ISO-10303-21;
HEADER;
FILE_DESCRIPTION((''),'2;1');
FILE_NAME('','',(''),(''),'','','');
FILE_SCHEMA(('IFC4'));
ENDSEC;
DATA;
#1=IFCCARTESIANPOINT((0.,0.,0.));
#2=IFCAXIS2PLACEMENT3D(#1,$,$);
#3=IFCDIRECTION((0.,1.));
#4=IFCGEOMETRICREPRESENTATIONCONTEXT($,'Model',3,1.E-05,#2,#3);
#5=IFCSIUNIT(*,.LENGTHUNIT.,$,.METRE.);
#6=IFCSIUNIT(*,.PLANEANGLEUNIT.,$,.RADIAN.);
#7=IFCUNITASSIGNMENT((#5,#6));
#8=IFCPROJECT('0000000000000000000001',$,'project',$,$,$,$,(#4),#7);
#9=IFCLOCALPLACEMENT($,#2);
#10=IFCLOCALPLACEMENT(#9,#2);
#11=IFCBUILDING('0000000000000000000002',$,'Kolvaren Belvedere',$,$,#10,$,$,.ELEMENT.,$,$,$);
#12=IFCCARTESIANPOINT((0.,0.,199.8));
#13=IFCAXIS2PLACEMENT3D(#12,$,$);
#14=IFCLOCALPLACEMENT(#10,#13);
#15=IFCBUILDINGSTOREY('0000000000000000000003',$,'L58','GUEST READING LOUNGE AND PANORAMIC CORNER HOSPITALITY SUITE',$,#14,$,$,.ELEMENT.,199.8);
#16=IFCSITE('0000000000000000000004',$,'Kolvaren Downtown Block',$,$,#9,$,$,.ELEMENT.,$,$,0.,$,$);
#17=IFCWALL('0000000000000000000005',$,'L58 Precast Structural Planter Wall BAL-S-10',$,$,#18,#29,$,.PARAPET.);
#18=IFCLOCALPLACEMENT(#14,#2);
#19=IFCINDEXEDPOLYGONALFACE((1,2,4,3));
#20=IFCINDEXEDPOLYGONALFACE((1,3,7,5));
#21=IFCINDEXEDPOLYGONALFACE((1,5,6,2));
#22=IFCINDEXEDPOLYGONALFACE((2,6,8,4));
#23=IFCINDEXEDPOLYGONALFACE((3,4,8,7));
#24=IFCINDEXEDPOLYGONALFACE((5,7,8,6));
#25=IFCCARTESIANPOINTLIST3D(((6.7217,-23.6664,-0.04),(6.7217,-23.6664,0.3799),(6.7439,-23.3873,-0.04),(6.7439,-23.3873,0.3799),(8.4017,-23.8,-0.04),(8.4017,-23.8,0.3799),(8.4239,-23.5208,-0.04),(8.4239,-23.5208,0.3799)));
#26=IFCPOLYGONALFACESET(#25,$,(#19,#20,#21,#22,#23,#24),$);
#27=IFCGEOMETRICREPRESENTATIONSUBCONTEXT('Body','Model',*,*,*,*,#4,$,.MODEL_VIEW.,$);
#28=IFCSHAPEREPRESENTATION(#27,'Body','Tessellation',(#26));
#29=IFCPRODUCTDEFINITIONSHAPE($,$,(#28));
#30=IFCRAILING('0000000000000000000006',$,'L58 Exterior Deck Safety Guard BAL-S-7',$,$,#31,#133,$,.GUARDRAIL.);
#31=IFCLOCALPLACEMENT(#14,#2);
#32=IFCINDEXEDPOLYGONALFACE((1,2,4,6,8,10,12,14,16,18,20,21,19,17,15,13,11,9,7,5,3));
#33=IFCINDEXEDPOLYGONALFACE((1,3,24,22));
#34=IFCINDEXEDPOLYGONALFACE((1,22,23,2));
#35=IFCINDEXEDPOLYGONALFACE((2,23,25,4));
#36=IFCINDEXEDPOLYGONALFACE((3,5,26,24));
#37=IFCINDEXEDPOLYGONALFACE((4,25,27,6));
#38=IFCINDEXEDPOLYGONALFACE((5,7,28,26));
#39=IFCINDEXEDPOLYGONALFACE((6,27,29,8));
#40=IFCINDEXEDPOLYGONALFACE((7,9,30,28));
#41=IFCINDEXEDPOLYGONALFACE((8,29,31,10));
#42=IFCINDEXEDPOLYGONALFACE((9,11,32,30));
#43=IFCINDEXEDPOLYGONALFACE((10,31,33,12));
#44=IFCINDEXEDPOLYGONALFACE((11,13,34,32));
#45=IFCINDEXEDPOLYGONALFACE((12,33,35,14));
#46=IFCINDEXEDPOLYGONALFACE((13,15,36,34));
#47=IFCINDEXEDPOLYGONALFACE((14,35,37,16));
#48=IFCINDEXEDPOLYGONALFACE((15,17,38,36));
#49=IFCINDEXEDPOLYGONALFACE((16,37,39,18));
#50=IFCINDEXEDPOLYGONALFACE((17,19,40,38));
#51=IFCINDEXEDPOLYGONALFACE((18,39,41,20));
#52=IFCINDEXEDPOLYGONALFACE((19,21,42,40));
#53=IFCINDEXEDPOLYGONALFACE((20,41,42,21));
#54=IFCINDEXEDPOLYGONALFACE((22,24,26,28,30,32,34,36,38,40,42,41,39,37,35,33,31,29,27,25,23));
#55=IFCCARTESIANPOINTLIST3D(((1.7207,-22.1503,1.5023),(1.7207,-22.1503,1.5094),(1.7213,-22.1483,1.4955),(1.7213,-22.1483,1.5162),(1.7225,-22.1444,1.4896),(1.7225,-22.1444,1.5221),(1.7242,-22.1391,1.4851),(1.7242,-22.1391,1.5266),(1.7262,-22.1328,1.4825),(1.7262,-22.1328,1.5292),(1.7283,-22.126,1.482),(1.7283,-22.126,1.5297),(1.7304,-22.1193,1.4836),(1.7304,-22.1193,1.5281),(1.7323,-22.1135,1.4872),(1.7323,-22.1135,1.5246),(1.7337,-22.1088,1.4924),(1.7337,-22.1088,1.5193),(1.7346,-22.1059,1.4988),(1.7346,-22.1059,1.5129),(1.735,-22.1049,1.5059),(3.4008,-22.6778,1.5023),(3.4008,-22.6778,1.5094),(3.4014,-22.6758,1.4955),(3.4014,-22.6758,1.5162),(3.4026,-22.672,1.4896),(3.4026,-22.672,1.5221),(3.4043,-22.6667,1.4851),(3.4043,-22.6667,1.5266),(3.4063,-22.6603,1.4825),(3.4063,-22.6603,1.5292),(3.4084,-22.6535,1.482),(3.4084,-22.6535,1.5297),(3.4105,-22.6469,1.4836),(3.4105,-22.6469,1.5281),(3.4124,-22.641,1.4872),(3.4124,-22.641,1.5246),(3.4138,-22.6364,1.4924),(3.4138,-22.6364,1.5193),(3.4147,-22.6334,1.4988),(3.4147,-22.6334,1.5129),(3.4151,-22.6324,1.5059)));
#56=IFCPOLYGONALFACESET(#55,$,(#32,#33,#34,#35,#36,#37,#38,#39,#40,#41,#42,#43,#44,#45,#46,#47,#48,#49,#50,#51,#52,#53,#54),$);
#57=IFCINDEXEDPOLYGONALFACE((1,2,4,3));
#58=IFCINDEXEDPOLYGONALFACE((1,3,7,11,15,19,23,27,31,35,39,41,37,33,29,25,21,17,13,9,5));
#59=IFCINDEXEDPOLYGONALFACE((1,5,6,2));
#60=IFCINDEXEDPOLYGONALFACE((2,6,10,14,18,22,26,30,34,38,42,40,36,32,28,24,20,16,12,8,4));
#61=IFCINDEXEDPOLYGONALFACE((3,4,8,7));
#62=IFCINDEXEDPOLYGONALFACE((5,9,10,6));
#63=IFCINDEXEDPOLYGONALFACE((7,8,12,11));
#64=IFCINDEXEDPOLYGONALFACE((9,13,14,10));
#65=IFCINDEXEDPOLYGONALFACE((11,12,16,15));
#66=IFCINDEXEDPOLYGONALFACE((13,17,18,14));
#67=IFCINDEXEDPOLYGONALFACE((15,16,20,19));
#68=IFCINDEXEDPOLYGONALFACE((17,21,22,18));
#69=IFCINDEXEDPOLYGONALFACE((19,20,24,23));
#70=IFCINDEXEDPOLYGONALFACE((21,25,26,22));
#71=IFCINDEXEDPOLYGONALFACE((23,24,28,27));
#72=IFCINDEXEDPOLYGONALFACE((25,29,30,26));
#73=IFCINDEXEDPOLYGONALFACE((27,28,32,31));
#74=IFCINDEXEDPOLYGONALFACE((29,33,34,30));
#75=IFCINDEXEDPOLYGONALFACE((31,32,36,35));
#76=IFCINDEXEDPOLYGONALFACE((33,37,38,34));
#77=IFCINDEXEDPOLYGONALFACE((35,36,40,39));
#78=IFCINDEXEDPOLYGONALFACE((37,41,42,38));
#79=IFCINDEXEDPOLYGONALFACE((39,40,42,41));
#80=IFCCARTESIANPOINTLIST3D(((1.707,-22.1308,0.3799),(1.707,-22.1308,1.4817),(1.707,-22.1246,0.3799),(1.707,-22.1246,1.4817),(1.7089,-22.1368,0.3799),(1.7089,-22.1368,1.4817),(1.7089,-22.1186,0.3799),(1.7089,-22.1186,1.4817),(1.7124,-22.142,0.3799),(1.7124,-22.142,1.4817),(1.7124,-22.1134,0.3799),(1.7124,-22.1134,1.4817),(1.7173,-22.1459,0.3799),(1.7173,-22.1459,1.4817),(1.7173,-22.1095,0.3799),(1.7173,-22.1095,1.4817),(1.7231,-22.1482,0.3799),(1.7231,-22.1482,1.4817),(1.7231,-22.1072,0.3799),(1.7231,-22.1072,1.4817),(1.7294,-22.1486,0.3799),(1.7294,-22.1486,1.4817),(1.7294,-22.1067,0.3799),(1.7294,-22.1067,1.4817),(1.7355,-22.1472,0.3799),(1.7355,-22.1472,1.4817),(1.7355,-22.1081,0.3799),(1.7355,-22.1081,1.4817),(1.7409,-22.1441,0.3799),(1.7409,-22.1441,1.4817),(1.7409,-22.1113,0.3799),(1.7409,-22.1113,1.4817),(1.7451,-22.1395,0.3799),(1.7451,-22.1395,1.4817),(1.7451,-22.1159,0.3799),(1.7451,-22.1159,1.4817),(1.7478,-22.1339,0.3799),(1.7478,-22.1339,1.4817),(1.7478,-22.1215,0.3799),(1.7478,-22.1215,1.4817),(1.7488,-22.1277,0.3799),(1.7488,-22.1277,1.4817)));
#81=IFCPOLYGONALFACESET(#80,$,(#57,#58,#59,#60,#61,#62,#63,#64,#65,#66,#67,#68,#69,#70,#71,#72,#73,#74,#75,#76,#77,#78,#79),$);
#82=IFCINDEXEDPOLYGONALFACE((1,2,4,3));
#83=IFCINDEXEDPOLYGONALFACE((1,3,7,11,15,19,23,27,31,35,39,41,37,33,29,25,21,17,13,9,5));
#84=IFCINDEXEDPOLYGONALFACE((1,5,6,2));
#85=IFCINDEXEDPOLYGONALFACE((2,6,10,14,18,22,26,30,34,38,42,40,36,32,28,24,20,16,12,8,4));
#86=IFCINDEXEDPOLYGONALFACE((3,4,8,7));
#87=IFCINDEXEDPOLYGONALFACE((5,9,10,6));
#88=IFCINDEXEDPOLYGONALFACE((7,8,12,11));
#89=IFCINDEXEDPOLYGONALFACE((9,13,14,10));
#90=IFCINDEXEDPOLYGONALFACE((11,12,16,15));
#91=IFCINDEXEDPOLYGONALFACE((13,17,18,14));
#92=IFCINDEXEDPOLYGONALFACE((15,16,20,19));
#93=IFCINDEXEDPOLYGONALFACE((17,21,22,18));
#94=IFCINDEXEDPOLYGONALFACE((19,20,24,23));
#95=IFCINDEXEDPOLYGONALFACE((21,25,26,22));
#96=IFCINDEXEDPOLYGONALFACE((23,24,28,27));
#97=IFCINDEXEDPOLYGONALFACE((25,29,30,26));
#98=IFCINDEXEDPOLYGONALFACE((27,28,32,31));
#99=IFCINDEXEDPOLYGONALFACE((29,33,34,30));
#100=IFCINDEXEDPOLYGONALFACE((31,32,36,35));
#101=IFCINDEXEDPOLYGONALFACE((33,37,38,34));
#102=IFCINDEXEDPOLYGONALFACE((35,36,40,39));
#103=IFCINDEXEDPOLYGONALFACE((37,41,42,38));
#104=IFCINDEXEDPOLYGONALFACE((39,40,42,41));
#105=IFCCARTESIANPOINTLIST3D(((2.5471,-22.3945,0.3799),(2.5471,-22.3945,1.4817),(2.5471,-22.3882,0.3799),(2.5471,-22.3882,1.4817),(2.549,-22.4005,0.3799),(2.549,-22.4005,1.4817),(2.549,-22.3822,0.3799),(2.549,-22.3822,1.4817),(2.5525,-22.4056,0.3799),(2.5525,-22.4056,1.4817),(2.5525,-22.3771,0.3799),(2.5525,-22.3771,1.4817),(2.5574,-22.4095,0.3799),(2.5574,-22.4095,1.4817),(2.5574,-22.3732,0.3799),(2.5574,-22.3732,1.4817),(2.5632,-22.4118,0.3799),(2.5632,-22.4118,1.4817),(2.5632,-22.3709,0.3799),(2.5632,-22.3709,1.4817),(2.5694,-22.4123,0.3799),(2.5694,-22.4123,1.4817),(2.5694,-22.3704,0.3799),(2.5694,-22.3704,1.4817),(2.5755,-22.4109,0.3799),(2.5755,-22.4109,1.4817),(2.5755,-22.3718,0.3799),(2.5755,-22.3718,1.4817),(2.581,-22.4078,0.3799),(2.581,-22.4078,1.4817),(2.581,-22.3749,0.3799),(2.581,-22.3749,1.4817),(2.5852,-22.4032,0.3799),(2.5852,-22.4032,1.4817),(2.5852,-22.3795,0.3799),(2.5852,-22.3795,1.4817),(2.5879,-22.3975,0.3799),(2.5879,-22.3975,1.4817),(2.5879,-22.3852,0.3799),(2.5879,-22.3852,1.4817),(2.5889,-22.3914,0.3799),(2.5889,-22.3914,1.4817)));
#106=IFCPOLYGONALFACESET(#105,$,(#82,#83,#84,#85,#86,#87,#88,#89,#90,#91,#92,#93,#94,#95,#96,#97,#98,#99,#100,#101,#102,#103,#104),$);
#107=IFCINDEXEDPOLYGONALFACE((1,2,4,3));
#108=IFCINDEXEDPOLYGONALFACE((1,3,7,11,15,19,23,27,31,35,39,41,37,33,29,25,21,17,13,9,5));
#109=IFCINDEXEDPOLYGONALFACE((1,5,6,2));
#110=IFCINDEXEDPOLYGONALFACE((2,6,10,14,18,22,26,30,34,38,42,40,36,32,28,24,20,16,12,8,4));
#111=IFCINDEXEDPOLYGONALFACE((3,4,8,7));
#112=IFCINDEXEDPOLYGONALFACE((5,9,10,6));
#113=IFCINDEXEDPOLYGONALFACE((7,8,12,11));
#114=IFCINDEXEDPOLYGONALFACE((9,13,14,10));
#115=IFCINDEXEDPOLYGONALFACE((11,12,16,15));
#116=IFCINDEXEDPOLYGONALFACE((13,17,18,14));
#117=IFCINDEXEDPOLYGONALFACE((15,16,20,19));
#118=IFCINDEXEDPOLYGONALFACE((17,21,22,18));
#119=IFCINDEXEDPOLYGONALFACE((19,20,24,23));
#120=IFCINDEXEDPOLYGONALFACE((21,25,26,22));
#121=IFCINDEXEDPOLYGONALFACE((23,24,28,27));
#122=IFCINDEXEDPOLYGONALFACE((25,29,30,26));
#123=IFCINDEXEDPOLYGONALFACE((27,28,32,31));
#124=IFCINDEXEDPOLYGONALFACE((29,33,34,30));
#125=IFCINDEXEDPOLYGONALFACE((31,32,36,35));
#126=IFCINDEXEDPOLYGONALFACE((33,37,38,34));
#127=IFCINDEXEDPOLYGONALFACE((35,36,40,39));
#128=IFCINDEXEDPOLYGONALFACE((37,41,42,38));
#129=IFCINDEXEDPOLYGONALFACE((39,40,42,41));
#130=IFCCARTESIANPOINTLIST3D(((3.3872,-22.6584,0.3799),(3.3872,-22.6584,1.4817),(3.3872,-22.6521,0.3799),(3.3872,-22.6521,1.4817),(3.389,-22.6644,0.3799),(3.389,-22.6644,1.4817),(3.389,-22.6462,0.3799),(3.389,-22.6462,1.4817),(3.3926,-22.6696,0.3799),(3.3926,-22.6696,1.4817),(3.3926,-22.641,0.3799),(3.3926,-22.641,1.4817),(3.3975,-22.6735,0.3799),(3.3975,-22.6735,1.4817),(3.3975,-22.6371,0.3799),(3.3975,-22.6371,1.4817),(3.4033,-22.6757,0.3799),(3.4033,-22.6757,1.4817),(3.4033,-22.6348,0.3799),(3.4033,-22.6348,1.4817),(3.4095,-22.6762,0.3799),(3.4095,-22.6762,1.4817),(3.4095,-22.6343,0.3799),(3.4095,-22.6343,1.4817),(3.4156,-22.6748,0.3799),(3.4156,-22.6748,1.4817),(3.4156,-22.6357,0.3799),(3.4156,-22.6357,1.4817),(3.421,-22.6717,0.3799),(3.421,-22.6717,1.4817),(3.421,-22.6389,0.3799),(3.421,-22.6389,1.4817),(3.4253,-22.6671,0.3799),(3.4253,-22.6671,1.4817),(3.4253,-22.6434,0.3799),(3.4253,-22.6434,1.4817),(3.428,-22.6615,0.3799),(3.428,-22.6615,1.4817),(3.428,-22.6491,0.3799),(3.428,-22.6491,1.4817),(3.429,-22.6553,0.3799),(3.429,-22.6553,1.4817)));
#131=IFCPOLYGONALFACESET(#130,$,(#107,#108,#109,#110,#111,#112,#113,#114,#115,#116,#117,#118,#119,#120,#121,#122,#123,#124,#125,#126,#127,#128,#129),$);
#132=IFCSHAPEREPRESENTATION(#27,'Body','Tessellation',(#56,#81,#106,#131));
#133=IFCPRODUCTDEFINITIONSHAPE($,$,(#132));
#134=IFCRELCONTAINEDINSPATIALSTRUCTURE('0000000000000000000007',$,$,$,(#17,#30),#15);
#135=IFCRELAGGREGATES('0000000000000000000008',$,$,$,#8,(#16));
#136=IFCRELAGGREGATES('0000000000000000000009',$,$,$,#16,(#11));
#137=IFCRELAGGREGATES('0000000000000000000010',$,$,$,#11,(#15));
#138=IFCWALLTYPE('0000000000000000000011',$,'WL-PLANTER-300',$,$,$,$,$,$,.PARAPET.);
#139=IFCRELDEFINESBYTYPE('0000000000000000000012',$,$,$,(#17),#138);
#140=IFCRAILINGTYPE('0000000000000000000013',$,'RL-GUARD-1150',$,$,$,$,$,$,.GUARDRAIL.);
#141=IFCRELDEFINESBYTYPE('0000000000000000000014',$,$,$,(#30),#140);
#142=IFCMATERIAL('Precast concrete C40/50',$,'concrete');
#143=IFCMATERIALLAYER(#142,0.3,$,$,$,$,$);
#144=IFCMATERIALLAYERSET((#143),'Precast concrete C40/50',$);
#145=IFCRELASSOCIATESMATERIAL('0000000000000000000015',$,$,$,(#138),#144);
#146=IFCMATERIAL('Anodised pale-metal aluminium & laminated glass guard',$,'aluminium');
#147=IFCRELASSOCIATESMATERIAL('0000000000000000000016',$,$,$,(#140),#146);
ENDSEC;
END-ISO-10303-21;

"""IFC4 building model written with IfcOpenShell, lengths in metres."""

from ifc_helpers import new_model, si_unit, direction, frame, frame_2d, origin, origin_2d, place, context, subcontext, project, spatial, rectangle, circle, extrude, material, layer, layer_set, type_object, element, save


model = new_model("IFC4")

# Units and contexts
model_context = context("Model", 3, precision=1e-05, world=origin(), true_north=direction((0.0, 1.0)))
body_context = subcontext(model_context, "Body", "Model", "MODEL_VIEW")
ifc_project = project(units=[si_unit("LENGTHUNIT", "METRE"), si_unit("PLANEANGLEUNIT", "RADIAN")], contexts=[model_context])

# Site, building, storey
site_placement = place(None, origin())
site = spatial("IfcSite", under=ifc_project, at=site_placement, Name="Kolvaren Downtown Block", CompositionType="ELEMENT", RefElevation=0.0)
building_placement = place(site_placement, origin())
building = spatial("IfcBuilding", under=site, at=building_placement, Name="Kolvaren Belvedere", CompositionType="ELEMENT")
storey_placement = place(building_placement, frame((0.0, 0.0, 199.8)))
storey = spatial("IfcBuildingStorey", under=building, at=storey_placement, Name="L58", Description="GUEST READING LOUNGE AND PANORAMIC CORNER HOSPITALITY SUITE", CompositionType="ELEMENT", Elevation=199.8)

# Wall
ifc_material_1 = material(Name="Precast concrete C40/50", Category="concrete")
ifc_layer_1 = layer(ifc_material_1, 0.3)
ifc_layer_set_1 = layer_set([ifc_layer_1], Name="Precast concrete C40/50")
wall_type_1 = type_object("IfcWallType", Name="WL-PLANTER-300", PredefinedType="PARAPET", material=ifc_layer_set_1)
wall_1_placement = place(storey_placement, frame((6.7327, -23.5269, -0.04), z_axis=(0.0, 0.0, 1.0), x_axis=(0.996855, -0.079244, 0.0)))
element("IfcWall", 1, at=wall_1_placement, inside=storey, type_object=wall_type_1, Name="L58 Precast Structural Planter Wall BAL-S-10", PredefinedType="PARAPET", context=body_context, shape_type="SweptSolid", body=[
    extrude(rectangle(XDim=1.6853, YDim=0.28, at=frame_2d((0.8428, 0.0))), origin(), (0.0, 0.0, 1.0), 0.4199),
])

# Railing
ifc_material_2 = material(Name="Anodised pale-metal aluminium & laminated glass guard", Category="aluminium")
railing_type = type_object("IfcRailingType", Name="RL-GUARD-1150", PredefinedType="GUARDRAIL", material=ifc_material_2)
railing_1_placement = place(storey_placement, frame((1.7278, -22.1277, 0.3799)))
element("IfcRailing", 2, at=railing_1_placement, inside=storey, type_object=railing_type, Name="L58 Exterior Deck Safety Guard BAL-S-7", PredefinedType="GUARDRAIL", context=body_context, shape_type="SweptSolid", body=[
    extrude(circle(Radius=0.0239, at=origin_2d()), frame((0.0, 0.0, 1.126), z_axis=(0.95407, -0.299585, 0.0), x_axis=(0.299585, 0.95407, 0.0)), (0.0, 0.0, 1.0), 1.761),
    extrude(circle(Radius=0.021, at=origin_2d()), origin(), (0.0, 0.0, 1.0), 1.1018),
    extrude(circle(Radius=0.021, at=origin_2d()), frame((0.8401, -0.2637, 0.0)), (0.0, 0.0, 1.0), 1.1018),
    extrude(circle(Radius=0.021, at=origin_2d()), frame((1.6802, -0.5276, 0.0)), (0.0, 0.0, 1.0), 1.1018),
])

save(model, "model.ifc")
